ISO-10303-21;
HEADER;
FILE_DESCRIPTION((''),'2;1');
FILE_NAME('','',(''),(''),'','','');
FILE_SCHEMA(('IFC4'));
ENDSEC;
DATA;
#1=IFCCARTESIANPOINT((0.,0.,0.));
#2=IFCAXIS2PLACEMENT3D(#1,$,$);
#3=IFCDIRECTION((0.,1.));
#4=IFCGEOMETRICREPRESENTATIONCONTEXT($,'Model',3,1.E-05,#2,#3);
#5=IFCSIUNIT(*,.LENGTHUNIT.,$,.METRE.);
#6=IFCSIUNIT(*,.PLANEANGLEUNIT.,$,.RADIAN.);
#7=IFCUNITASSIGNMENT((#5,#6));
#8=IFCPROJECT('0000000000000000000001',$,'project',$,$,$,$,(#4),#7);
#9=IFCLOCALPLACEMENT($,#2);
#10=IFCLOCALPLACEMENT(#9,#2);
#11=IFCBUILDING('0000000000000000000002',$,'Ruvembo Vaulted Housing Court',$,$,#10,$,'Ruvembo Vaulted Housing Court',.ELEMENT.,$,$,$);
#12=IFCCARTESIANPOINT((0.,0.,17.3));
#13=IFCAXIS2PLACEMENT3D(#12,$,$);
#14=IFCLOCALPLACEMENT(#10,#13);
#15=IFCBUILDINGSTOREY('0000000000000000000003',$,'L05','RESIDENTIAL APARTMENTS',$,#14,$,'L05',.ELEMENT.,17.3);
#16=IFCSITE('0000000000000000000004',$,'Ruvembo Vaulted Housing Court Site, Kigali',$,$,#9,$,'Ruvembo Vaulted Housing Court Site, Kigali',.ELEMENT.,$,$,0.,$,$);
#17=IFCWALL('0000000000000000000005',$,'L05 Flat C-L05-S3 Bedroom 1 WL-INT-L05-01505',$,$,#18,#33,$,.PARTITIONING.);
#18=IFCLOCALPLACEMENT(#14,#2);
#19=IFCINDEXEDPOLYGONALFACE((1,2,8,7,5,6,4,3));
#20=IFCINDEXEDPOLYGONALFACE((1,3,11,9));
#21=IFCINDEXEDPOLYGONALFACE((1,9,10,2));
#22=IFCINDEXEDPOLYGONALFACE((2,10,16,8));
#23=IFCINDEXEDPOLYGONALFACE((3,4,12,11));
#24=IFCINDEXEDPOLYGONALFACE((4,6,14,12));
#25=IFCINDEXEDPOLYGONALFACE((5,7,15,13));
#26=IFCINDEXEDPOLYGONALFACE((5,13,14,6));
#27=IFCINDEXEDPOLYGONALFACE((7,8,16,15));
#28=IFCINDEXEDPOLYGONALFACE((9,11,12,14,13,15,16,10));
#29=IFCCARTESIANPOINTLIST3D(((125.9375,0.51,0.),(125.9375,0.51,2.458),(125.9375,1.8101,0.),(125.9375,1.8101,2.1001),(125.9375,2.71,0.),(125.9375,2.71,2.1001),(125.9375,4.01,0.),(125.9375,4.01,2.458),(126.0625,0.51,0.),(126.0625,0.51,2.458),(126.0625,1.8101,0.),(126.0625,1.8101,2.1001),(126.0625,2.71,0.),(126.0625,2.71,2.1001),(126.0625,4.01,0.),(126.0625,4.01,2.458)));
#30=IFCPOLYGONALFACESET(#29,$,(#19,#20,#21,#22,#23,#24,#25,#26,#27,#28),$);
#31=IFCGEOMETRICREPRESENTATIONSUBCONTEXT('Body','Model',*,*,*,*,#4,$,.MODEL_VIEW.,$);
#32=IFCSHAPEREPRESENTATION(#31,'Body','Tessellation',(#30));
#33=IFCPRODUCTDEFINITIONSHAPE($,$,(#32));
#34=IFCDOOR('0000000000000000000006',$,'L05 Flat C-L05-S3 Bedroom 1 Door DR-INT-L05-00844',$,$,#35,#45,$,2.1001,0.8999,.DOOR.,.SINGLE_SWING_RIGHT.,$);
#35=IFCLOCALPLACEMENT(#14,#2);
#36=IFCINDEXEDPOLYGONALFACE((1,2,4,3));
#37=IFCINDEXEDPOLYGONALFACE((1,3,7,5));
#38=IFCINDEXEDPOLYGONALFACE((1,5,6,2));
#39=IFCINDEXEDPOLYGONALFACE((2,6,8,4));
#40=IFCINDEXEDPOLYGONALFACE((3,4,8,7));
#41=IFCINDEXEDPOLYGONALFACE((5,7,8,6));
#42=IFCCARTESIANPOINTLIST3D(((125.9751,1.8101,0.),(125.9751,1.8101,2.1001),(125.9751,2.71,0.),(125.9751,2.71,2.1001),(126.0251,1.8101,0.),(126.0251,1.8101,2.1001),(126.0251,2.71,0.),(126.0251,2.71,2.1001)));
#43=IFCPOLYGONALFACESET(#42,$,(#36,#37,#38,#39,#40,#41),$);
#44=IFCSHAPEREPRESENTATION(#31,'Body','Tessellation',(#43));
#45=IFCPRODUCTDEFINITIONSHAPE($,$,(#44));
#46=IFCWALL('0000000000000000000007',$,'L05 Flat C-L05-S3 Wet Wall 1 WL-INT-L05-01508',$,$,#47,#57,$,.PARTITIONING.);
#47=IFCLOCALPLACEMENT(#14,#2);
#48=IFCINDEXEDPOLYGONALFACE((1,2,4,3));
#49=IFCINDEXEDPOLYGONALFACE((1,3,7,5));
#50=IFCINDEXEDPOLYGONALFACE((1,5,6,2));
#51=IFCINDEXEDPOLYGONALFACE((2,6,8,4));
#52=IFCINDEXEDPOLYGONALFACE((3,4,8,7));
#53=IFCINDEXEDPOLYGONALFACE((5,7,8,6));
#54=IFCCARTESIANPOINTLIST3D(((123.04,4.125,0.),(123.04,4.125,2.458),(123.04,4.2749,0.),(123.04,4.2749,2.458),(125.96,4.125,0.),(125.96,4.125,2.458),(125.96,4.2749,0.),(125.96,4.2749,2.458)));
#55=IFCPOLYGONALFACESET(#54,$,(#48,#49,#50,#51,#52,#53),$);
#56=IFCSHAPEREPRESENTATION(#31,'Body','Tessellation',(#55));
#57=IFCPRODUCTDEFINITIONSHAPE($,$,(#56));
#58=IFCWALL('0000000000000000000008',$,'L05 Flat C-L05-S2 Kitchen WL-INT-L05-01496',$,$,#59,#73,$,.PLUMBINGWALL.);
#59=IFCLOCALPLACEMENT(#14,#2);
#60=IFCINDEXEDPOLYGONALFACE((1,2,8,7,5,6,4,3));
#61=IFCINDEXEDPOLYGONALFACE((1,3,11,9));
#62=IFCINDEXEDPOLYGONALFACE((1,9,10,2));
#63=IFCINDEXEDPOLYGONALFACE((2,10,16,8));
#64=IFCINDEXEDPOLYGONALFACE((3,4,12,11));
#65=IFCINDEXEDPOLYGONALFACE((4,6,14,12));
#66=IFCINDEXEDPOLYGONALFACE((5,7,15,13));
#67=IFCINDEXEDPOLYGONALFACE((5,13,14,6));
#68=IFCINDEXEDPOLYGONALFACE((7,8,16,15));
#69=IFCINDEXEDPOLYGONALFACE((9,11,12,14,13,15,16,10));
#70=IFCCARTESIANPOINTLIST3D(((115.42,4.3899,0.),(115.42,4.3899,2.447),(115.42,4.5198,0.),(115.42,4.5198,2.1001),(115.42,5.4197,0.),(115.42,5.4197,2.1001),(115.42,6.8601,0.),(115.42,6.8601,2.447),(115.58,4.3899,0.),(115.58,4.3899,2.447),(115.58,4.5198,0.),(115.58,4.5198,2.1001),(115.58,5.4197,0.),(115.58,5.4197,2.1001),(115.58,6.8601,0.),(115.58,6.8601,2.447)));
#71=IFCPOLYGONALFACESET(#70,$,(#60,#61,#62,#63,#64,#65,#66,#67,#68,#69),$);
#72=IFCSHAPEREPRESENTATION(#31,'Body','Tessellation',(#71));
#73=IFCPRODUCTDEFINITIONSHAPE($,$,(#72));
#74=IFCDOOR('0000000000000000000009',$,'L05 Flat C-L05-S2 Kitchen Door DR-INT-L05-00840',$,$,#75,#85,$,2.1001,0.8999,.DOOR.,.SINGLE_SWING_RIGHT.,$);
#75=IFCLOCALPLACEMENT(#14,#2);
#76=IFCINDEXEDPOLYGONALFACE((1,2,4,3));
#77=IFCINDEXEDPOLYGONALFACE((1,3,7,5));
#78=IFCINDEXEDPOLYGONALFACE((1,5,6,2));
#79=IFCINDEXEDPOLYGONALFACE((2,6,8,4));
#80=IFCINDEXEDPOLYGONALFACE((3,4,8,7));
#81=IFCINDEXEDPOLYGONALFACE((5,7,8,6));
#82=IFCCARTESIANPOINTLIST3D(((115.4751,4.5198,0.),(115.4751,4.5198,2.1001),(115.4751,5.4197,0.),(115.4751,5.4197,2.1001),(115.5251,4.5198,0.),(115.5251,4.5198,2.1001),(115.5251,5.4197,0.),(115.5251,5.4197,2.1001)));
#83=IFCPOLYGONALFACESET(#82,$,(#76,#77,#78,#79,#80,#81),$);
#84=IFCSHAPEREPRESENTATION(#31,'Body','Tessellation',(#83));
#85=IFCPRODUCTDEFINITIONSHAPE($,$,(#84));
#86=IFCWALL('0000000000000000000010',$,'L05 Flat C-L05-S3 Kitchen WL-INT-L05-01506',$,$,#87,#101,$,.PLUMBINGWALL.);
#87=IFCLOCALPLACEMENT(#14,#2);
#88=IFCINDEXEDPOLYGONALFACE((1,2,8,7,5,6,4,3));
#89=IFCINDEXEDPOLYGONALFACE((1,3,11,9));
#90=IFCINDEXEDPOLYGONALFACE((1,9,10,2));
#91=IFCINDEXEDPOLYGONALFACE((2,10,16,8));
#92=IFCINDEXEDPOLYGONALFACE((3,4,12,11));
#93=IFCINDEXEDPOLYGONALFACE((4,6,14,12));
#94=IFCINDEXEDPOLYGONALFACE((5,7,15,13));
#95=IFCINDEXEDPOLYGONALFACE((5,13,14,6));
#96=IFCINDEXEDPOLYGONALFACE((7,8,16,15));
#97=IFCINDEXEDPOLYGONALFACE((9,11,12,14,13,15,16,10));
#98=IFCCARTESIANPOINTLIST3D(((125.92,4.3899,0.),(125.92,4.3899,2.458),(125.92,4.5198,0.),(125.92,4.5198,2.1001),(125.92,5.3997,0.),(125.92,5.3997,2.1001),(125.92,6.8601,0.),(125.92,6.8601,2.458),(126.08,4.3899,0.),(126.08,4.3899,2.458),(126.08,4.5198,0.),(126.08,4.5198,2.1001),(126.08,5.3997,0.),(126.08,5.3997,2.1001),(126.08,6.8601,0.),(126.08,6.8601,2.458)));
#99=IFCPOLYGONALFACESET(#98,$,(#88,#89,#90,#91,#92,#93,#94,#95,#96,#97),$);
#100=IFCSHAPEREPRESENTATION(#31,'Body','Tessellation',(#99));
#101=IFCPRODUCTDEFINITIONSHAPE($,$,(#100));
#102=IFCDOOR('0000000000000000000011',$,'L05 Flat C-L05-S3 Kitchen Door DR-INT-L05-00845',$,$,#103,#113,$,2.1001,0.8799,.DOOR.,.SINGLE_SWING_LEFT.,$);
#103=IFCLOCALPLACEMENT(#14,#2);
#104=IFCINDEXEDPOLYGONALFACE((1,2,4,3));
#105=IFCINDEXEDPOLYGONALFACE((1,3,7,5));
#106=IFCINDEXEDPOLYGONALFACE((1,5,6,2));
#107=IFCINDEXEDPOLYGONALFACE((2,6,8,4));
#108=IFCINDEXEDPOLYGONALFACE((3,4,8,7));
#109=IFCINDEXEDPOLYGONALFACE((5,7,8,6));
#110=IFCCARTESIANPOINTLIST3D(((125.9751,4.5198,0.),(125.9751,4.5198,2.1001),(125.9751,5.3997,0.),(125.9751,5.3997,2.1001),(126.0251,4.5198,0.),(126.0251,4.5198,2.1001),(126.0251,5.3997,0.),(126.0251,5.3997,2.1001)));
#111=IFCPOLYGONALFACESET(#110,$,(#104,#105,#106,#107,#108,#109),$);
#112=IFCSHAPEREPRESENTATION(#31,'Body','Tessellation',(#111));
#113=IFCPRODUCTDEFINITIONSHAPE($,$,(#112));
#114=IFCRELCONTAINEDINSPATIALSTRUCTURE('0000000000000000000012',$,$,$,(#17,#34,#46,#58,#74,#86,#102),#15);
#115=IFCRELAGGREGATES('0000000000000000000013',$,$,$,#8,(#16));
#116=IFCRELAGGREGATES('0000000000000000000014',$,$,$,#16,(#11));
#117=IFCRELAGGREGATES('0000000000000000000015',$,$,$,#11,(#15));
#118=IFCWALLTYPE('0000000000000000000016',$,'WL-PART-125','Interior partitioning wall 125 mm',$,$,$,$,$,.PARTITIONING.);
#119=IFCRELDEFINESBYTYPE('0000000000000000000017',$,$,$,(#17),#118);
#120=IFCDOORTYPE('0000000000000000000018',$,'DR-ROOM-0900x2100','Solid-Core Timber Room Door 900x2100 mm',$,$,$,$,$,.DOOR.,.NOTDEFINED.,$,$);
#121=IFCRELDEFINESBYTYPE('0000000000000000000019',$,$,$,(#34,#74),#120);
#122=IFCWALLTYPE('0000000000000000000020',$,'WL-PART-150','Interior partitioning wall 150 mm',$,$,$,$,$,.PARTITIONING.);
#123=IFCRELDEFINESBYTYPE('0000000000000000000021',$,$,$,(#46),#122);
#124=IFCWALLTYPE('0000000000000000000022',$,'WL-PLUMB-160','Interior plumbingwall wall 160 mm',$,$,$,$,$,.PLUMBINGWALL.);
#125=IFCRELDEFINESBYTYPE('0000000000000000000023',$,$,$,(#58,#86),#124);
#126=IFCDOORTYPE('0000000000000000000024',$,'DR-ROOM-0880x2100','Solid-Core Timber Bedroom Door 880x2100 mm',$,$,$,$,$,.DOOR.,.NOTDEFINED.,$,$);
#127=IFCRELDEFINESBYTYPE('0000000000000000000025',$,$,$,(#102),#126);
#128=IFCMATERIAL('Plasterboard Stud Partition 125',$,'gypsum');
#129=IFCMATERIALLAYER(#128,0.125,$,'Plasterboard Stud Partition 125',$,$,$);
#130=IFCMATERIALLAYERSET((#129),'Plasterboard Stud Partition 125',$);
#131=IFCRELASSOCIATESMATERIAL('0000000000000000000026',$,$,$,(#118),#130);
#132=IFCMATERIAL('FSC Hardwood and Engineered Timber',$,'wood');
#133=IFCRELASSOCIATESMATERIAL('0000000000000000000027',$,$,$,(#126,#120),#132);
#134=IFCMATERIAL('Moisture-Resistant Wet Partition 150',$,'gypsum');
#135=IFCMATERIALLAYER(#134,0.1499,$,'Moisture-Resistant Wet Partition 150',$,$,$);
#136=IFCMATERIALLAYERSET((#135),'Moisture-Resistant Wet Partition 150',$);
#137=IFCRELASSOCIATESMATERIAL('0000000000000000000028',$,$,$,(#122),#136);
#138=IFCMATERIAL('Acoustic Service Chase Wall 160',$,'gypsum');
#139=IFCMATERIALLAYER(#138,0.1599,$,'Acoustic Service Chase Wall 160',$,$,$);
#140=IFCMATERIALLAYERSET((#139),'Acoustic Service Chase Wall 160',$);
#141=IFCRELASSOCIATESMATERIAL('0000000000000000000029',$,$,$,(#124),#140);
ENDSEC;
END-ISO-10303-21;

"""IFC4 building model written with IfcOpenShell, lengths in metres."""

from ifc_helpers import new_model, si_unit, direction, frame, frame_2d, origin, place, context, subcontext, project, spatial, rectangle, extrude, material, layer, layer_set, type_object, element, fill, save


model = new_model("IFC4")

# Units and contexts
model_context = context("Model", 3, precision=1e-05, world=origin(), true_north=direction((0.0, 1.0)))
body_context = subcontext(model_context, "Body", "Model", "MODEL_VIEW")
ifc_project = project(units=[si_unit("LENGTHUNIT", "METRE"), si_unit("PLANEANGLEUNIT", "RADIAN")], contexts=[model_context])

# Site, building, storey
site_placement = place(None, origin())
site = spatial("IfcSite", under=ifc_project, at=site_placement, Name="Ruvembo Vaulted Housing Court Site, Kigali", LongName="Ruvembo Vaulted Housing Court Site, Kigali", CompositionType="ELEMENT", RefElevation=0.0)
building_placement = place(site_placement, origin())
building = spatial("IfcBuilding", under=site, at=building_placement, Name="Ruvembo Vaulted Housing Court", LongName="Ruvembo Vaulted Housing Court", CompositionType="ELEMENT")
storey_placement = place(building_placement, frame((0.0, 0.0, 17.3)))
storey = spatial("IfcBuildingStorey", under=building, at=storey_placement, Name="L05", Description="RESIDENTIAL APARTMENTS", LongName="L05", CompositionType="ELEMENT", Elevation=17.3)

# Wall, opening, door
ifc_material_1 = material(Name="Plasterboard Stud Partition 125", Category="gypsum")
ifc_layer_1 = layer(ifc_material_1, 0.125, Name="Plasterboard Stud Partition 125")
ifc_layer_set_1 = layer_set([ifc_layer_1], Name="Plasterboard Stud Partition 125")
wall_type_1 = type_object("IfcWallType", Name="WL-PART-125", Description="Interior partitioning wall 125 mm", PredefinedType="PARTITIONING", material=ifc_layer_set_1)
ifc_material_2 = material(Name="FSC Hardwood and Engineered Timber", Category="wood")
door_type_1 = type_object("IfcDoorType", Name="DR-ROOM-0880x2100", Description="Solid-Core Timber Bedroom Door 880x2100 mm", OperationType="NOTDEFINED", PredefinedType="DOOR", material=ifc_material_2)
door_type_2 = type_object("IfcDoorType", Name="DR-ROOM-0900x2100", Description="Solid-Core Timber Room Door 900x2100 mm", OperationType="NOTDEFINED", PredefinedType="DOOR", material=ifc_material_2)
wall_1_placement = place(storey_placement, frame((126.0, 0.51, 0.0), z_axis=(0.0, 0.0, 1.0), x_axis=(0.0, 1.0, 0.0)))
wall_1 = element("IfcWall", 1, at=wall_1_placement, inside=storey, type_object=wall_type_1, Name="L05 Flat C-L05-S3 Bedroom 1 WL-INT-L05-01505", PredefinedType="PARTITIONING", context=body_context, shape_type="SweptSolid", body=[
    extrude(rectangle(XDim=3.5, YDim=0.125, at=frame_2d((1.75, 0.0))), origin(), (0.0, 0.0, 1.0), 2.458),
])
opening_1_placement = place(wall_1_placement, frame((1.3, 0.0, 0.0)))
opening_1 = element("IfcOpeningElement", 2, at=opening_1_placement, cuts=wall_1, PredefinedType="OPENING", context=body_context, shape_type="SweptSolid", body=[
    extrude(rectangle(XDim=0.8999, YDim=2.1001, at=frame_2d((0.45, 1.05))), frame((0.0, 0.0725, 0.0), z_axis=(0.0, -1.0, 0.0), x_axis=(1.0, 0.0, 0.0)), (0.0, 0.0, 1.0), 0.145),
])
door_1_placement = place(opening_1_placement, origin())
door_1 = element("IfcDoor", 3, at=door_1_placement, inside=storey, type_object=door_type_2, Name="L05 Flat C-L05-S3 Bedroom 1 Door DR-INT-L05-00844", OperationType="SINGLE_SWING_RIGHT", OverallHeight=2.1001, OverallWidth=0.8999, PredefinedType="DOOR", context=body_context, shape_type="SweptSolid", body=[
    extrude(rectangle(XDim=0.8999, YDim=2.1001, at=frame_2d((0.45, 1.05))), frame((0.0, 0.0249, 0.0), z_axis=(0.0, -1.0, 0.0), x_axis=(1.0, 0.0, 0.0)), (0.0, 0.0, 1.0), 0.05),
])
fill(opening_1, door_1)

# Wall
ifc_material_3 = material(Name="Moisture-Resistant Wet Partition 150", Category="gypsum")
ifc_layer_2 = layer(ifc_material_3, 0.1499, Name="Moisture-Resistant Wet Partition 150")
ifc_layer_set_2 = layer_set([ifc_layer_2], Name="Moisture-Resistant Wet Partition 150")
wall_type_2 = type_object("IfcWallType", Name="WL-PART-150", Description="Interior partitioning wall 150 mm", PredefinedType="PARTITIONING", material=ifc_layer_set_2)
wall_2_placement = place(storey_placement, frame((123.04, 4.2, 0.0), z_axis=(0.0, 0.0, 1.0), x_axis=(1.0, 0.0, 0.0)))
element("IfcWall", 4, at=wall_2_placement, inside=storey, type_object=wall_type_2, Name="L05 Flat C-L05-S3 Wet Wall 1 WL-INT-L05-01508", PredefinedType="PARTITIONING", context=body_context, shape_type="SweptSolid", body=[
    extrude(rectangle(XDim=2.9199, YDim=0.1499, at=frame_2d((1.46, 0.0))), origin(), (0.0, 0.0, 1.0), 2.458),
])

# Walls, openings, doors
ifc_material_4 = material(Name="Acoustic Service Chase Wall 160", Category="gypsum")
ifc_layer_3 = layer(ifc_material_4, 0.1599, Name="Acoustic Service Chase Wall 160")
ifc_layer_set_3 = layer_set([ifc_layer_3], Name="Acoustic Service Chase Wall 160")
wall_type_3 = type_object("IfcWallType", Name="WL-PLUMB-160", Description="Interior plumbingwall wall 160 mm", PredefinedType="PLUMBINGWALL", material=ifc_layer_set_3)
wall_3_placement = place(storey_placement, frame((115.5, 4.3899, 0.0), z_axis=(0.0, 0.0, 1.0), x_axis=(0.0, 1.0, 0.0)))
wall_3 = element("IfcWall", 5, at=wall_3_placement, inside=storey, type_object=wall_type_3, Name="L05 Flat C-L05-S2 Kitchen WL-INT-L05-01496", PredefinedType="PLUMBINGWALL", context=body_context, shape_type="SweptSolid", body=[
    extrude(rectangle(XDim=2.4702, YDim=0.1599, at=frame_2d((1.2351, 0.0))), origin(), (0.0, 0.0, 1.0), 2.447),
])
opening_2_placement = place(wall_3_placement, frame((0.1299, 0.0, 0.0)))
opening_2 = element("IfcOpeningElement", 6, at=opening_2_placement, cuts=wall_3, PredefinedType="OPENING", context=body_context, shape_type="SweptSolid", body=[
    extrude(rectangle(XDim=0.8999, YDim=2.1001, at=frame_2d((0.45, 1.05))), frame((0.0, 0.0898, 0.0), z_axis=(0.0, -1.0, 0.0), x_axis=(1.0, 0.0, 0.0)), (0.0, 0.0, 1.0), 0.1799),
])
door_2_placement = place(opening_2_placement, origin())
door_2 = element("IfcDoor", 7, at=door_2_placement, inside=storey, type_object=door_type_2, Name="L05 Flat C-L05-S2 Kitchen Door DR-INT-L05-00840", OperationType="SINGLE_SWING_RIGHT", OverallHeight=2.1001, OverallWidth=0.8999, PredefinedType="DOOR", context=body_context, shape_type="SweptSolid", body=[
    extrude(rectangle(XDim=0.8999, YDim=2.1001, at=frame_2d((0.45, 1.05))), frame((0.0, 0.0249, 0.0), z_axis=(0.0, -1.0, 0.0), x_axis=(1.0, 0.0, 0.0)), (0.0, 0.0, 1.0), 0.05),
])
fill(opening_2, door_2)
wall_4_placement = place(storey_placement, frame((126.0, 4.3899, 0.0), z_axis=(0.0, 0.0, 1.0), x_axis=(0.0, 1.0, 0.0)))
wall_4 = element("IfcWall", 8, at=wall_4_placement, inside=storey, type_object=wall_type_3, Name="L05 Flat C-L05-S3 Kitchen WL-INT-L05-01506", PredefinedType="PLUMBINGWALL", context=body_context, shape_type="SweptSolid", body=[
    extrude(rectangle(XDim=2.4702, YDim=0.1599, at=frame_2d((1.2351, 0.0))), origin(), (0.0, 0.0, 1.0), 2.458),
])
opening_3_placement = place(wall_4_placement, frame((0.1299, 0.0, 0.0)))
opening_3 = element("IfcOpeningElement", 9, at=opening_3_placement, cuts=wall_4, PredefinedType="OPENING", context=body_context, shape_type="SweptSolid", body=[
    extrude(rectangle(XDim=0.8799, YDim=2.1001, at=frame_2d((0.4399, 1.05))), frame((0.0, 0.0898, 0.0), z_axis=(0.0, -1.0, 0.0), x_axis=(1.0, 0.0, 0.0)), (0.0, 0.0, 1.0), 0.1799),
])
door_3_placement = place(opening_3_placement, origin())
door_3 = element("IfcDoor", 10, at=door_3_placement, inside=storey, type_object=door_type_1, Name="L05 Flat C-L05-S3 Kitchen Door DR-INT-L05-00845", OperationType="SINGLE_SWING_LEFT", OverallHeight=2.1001, OverallWidth=0.8799, PredefinedType="DOOR", context=body_context, shape_type="SweptSolid", body=[
    extrude(rectangle(XDim=0.8799, YDim=2.1001, at=frame_2d((0.4399, 1.05))), frame((0.0, 0.0249, 0.0), z_axis=(0.0, -1.0, 0.0), x_axis=(1.0, 0.0, 0.0)), (0.0, 0.0, 1.0), 0.05),
])
fill(opening_3, door_3)

save(model, "model.ifc")
